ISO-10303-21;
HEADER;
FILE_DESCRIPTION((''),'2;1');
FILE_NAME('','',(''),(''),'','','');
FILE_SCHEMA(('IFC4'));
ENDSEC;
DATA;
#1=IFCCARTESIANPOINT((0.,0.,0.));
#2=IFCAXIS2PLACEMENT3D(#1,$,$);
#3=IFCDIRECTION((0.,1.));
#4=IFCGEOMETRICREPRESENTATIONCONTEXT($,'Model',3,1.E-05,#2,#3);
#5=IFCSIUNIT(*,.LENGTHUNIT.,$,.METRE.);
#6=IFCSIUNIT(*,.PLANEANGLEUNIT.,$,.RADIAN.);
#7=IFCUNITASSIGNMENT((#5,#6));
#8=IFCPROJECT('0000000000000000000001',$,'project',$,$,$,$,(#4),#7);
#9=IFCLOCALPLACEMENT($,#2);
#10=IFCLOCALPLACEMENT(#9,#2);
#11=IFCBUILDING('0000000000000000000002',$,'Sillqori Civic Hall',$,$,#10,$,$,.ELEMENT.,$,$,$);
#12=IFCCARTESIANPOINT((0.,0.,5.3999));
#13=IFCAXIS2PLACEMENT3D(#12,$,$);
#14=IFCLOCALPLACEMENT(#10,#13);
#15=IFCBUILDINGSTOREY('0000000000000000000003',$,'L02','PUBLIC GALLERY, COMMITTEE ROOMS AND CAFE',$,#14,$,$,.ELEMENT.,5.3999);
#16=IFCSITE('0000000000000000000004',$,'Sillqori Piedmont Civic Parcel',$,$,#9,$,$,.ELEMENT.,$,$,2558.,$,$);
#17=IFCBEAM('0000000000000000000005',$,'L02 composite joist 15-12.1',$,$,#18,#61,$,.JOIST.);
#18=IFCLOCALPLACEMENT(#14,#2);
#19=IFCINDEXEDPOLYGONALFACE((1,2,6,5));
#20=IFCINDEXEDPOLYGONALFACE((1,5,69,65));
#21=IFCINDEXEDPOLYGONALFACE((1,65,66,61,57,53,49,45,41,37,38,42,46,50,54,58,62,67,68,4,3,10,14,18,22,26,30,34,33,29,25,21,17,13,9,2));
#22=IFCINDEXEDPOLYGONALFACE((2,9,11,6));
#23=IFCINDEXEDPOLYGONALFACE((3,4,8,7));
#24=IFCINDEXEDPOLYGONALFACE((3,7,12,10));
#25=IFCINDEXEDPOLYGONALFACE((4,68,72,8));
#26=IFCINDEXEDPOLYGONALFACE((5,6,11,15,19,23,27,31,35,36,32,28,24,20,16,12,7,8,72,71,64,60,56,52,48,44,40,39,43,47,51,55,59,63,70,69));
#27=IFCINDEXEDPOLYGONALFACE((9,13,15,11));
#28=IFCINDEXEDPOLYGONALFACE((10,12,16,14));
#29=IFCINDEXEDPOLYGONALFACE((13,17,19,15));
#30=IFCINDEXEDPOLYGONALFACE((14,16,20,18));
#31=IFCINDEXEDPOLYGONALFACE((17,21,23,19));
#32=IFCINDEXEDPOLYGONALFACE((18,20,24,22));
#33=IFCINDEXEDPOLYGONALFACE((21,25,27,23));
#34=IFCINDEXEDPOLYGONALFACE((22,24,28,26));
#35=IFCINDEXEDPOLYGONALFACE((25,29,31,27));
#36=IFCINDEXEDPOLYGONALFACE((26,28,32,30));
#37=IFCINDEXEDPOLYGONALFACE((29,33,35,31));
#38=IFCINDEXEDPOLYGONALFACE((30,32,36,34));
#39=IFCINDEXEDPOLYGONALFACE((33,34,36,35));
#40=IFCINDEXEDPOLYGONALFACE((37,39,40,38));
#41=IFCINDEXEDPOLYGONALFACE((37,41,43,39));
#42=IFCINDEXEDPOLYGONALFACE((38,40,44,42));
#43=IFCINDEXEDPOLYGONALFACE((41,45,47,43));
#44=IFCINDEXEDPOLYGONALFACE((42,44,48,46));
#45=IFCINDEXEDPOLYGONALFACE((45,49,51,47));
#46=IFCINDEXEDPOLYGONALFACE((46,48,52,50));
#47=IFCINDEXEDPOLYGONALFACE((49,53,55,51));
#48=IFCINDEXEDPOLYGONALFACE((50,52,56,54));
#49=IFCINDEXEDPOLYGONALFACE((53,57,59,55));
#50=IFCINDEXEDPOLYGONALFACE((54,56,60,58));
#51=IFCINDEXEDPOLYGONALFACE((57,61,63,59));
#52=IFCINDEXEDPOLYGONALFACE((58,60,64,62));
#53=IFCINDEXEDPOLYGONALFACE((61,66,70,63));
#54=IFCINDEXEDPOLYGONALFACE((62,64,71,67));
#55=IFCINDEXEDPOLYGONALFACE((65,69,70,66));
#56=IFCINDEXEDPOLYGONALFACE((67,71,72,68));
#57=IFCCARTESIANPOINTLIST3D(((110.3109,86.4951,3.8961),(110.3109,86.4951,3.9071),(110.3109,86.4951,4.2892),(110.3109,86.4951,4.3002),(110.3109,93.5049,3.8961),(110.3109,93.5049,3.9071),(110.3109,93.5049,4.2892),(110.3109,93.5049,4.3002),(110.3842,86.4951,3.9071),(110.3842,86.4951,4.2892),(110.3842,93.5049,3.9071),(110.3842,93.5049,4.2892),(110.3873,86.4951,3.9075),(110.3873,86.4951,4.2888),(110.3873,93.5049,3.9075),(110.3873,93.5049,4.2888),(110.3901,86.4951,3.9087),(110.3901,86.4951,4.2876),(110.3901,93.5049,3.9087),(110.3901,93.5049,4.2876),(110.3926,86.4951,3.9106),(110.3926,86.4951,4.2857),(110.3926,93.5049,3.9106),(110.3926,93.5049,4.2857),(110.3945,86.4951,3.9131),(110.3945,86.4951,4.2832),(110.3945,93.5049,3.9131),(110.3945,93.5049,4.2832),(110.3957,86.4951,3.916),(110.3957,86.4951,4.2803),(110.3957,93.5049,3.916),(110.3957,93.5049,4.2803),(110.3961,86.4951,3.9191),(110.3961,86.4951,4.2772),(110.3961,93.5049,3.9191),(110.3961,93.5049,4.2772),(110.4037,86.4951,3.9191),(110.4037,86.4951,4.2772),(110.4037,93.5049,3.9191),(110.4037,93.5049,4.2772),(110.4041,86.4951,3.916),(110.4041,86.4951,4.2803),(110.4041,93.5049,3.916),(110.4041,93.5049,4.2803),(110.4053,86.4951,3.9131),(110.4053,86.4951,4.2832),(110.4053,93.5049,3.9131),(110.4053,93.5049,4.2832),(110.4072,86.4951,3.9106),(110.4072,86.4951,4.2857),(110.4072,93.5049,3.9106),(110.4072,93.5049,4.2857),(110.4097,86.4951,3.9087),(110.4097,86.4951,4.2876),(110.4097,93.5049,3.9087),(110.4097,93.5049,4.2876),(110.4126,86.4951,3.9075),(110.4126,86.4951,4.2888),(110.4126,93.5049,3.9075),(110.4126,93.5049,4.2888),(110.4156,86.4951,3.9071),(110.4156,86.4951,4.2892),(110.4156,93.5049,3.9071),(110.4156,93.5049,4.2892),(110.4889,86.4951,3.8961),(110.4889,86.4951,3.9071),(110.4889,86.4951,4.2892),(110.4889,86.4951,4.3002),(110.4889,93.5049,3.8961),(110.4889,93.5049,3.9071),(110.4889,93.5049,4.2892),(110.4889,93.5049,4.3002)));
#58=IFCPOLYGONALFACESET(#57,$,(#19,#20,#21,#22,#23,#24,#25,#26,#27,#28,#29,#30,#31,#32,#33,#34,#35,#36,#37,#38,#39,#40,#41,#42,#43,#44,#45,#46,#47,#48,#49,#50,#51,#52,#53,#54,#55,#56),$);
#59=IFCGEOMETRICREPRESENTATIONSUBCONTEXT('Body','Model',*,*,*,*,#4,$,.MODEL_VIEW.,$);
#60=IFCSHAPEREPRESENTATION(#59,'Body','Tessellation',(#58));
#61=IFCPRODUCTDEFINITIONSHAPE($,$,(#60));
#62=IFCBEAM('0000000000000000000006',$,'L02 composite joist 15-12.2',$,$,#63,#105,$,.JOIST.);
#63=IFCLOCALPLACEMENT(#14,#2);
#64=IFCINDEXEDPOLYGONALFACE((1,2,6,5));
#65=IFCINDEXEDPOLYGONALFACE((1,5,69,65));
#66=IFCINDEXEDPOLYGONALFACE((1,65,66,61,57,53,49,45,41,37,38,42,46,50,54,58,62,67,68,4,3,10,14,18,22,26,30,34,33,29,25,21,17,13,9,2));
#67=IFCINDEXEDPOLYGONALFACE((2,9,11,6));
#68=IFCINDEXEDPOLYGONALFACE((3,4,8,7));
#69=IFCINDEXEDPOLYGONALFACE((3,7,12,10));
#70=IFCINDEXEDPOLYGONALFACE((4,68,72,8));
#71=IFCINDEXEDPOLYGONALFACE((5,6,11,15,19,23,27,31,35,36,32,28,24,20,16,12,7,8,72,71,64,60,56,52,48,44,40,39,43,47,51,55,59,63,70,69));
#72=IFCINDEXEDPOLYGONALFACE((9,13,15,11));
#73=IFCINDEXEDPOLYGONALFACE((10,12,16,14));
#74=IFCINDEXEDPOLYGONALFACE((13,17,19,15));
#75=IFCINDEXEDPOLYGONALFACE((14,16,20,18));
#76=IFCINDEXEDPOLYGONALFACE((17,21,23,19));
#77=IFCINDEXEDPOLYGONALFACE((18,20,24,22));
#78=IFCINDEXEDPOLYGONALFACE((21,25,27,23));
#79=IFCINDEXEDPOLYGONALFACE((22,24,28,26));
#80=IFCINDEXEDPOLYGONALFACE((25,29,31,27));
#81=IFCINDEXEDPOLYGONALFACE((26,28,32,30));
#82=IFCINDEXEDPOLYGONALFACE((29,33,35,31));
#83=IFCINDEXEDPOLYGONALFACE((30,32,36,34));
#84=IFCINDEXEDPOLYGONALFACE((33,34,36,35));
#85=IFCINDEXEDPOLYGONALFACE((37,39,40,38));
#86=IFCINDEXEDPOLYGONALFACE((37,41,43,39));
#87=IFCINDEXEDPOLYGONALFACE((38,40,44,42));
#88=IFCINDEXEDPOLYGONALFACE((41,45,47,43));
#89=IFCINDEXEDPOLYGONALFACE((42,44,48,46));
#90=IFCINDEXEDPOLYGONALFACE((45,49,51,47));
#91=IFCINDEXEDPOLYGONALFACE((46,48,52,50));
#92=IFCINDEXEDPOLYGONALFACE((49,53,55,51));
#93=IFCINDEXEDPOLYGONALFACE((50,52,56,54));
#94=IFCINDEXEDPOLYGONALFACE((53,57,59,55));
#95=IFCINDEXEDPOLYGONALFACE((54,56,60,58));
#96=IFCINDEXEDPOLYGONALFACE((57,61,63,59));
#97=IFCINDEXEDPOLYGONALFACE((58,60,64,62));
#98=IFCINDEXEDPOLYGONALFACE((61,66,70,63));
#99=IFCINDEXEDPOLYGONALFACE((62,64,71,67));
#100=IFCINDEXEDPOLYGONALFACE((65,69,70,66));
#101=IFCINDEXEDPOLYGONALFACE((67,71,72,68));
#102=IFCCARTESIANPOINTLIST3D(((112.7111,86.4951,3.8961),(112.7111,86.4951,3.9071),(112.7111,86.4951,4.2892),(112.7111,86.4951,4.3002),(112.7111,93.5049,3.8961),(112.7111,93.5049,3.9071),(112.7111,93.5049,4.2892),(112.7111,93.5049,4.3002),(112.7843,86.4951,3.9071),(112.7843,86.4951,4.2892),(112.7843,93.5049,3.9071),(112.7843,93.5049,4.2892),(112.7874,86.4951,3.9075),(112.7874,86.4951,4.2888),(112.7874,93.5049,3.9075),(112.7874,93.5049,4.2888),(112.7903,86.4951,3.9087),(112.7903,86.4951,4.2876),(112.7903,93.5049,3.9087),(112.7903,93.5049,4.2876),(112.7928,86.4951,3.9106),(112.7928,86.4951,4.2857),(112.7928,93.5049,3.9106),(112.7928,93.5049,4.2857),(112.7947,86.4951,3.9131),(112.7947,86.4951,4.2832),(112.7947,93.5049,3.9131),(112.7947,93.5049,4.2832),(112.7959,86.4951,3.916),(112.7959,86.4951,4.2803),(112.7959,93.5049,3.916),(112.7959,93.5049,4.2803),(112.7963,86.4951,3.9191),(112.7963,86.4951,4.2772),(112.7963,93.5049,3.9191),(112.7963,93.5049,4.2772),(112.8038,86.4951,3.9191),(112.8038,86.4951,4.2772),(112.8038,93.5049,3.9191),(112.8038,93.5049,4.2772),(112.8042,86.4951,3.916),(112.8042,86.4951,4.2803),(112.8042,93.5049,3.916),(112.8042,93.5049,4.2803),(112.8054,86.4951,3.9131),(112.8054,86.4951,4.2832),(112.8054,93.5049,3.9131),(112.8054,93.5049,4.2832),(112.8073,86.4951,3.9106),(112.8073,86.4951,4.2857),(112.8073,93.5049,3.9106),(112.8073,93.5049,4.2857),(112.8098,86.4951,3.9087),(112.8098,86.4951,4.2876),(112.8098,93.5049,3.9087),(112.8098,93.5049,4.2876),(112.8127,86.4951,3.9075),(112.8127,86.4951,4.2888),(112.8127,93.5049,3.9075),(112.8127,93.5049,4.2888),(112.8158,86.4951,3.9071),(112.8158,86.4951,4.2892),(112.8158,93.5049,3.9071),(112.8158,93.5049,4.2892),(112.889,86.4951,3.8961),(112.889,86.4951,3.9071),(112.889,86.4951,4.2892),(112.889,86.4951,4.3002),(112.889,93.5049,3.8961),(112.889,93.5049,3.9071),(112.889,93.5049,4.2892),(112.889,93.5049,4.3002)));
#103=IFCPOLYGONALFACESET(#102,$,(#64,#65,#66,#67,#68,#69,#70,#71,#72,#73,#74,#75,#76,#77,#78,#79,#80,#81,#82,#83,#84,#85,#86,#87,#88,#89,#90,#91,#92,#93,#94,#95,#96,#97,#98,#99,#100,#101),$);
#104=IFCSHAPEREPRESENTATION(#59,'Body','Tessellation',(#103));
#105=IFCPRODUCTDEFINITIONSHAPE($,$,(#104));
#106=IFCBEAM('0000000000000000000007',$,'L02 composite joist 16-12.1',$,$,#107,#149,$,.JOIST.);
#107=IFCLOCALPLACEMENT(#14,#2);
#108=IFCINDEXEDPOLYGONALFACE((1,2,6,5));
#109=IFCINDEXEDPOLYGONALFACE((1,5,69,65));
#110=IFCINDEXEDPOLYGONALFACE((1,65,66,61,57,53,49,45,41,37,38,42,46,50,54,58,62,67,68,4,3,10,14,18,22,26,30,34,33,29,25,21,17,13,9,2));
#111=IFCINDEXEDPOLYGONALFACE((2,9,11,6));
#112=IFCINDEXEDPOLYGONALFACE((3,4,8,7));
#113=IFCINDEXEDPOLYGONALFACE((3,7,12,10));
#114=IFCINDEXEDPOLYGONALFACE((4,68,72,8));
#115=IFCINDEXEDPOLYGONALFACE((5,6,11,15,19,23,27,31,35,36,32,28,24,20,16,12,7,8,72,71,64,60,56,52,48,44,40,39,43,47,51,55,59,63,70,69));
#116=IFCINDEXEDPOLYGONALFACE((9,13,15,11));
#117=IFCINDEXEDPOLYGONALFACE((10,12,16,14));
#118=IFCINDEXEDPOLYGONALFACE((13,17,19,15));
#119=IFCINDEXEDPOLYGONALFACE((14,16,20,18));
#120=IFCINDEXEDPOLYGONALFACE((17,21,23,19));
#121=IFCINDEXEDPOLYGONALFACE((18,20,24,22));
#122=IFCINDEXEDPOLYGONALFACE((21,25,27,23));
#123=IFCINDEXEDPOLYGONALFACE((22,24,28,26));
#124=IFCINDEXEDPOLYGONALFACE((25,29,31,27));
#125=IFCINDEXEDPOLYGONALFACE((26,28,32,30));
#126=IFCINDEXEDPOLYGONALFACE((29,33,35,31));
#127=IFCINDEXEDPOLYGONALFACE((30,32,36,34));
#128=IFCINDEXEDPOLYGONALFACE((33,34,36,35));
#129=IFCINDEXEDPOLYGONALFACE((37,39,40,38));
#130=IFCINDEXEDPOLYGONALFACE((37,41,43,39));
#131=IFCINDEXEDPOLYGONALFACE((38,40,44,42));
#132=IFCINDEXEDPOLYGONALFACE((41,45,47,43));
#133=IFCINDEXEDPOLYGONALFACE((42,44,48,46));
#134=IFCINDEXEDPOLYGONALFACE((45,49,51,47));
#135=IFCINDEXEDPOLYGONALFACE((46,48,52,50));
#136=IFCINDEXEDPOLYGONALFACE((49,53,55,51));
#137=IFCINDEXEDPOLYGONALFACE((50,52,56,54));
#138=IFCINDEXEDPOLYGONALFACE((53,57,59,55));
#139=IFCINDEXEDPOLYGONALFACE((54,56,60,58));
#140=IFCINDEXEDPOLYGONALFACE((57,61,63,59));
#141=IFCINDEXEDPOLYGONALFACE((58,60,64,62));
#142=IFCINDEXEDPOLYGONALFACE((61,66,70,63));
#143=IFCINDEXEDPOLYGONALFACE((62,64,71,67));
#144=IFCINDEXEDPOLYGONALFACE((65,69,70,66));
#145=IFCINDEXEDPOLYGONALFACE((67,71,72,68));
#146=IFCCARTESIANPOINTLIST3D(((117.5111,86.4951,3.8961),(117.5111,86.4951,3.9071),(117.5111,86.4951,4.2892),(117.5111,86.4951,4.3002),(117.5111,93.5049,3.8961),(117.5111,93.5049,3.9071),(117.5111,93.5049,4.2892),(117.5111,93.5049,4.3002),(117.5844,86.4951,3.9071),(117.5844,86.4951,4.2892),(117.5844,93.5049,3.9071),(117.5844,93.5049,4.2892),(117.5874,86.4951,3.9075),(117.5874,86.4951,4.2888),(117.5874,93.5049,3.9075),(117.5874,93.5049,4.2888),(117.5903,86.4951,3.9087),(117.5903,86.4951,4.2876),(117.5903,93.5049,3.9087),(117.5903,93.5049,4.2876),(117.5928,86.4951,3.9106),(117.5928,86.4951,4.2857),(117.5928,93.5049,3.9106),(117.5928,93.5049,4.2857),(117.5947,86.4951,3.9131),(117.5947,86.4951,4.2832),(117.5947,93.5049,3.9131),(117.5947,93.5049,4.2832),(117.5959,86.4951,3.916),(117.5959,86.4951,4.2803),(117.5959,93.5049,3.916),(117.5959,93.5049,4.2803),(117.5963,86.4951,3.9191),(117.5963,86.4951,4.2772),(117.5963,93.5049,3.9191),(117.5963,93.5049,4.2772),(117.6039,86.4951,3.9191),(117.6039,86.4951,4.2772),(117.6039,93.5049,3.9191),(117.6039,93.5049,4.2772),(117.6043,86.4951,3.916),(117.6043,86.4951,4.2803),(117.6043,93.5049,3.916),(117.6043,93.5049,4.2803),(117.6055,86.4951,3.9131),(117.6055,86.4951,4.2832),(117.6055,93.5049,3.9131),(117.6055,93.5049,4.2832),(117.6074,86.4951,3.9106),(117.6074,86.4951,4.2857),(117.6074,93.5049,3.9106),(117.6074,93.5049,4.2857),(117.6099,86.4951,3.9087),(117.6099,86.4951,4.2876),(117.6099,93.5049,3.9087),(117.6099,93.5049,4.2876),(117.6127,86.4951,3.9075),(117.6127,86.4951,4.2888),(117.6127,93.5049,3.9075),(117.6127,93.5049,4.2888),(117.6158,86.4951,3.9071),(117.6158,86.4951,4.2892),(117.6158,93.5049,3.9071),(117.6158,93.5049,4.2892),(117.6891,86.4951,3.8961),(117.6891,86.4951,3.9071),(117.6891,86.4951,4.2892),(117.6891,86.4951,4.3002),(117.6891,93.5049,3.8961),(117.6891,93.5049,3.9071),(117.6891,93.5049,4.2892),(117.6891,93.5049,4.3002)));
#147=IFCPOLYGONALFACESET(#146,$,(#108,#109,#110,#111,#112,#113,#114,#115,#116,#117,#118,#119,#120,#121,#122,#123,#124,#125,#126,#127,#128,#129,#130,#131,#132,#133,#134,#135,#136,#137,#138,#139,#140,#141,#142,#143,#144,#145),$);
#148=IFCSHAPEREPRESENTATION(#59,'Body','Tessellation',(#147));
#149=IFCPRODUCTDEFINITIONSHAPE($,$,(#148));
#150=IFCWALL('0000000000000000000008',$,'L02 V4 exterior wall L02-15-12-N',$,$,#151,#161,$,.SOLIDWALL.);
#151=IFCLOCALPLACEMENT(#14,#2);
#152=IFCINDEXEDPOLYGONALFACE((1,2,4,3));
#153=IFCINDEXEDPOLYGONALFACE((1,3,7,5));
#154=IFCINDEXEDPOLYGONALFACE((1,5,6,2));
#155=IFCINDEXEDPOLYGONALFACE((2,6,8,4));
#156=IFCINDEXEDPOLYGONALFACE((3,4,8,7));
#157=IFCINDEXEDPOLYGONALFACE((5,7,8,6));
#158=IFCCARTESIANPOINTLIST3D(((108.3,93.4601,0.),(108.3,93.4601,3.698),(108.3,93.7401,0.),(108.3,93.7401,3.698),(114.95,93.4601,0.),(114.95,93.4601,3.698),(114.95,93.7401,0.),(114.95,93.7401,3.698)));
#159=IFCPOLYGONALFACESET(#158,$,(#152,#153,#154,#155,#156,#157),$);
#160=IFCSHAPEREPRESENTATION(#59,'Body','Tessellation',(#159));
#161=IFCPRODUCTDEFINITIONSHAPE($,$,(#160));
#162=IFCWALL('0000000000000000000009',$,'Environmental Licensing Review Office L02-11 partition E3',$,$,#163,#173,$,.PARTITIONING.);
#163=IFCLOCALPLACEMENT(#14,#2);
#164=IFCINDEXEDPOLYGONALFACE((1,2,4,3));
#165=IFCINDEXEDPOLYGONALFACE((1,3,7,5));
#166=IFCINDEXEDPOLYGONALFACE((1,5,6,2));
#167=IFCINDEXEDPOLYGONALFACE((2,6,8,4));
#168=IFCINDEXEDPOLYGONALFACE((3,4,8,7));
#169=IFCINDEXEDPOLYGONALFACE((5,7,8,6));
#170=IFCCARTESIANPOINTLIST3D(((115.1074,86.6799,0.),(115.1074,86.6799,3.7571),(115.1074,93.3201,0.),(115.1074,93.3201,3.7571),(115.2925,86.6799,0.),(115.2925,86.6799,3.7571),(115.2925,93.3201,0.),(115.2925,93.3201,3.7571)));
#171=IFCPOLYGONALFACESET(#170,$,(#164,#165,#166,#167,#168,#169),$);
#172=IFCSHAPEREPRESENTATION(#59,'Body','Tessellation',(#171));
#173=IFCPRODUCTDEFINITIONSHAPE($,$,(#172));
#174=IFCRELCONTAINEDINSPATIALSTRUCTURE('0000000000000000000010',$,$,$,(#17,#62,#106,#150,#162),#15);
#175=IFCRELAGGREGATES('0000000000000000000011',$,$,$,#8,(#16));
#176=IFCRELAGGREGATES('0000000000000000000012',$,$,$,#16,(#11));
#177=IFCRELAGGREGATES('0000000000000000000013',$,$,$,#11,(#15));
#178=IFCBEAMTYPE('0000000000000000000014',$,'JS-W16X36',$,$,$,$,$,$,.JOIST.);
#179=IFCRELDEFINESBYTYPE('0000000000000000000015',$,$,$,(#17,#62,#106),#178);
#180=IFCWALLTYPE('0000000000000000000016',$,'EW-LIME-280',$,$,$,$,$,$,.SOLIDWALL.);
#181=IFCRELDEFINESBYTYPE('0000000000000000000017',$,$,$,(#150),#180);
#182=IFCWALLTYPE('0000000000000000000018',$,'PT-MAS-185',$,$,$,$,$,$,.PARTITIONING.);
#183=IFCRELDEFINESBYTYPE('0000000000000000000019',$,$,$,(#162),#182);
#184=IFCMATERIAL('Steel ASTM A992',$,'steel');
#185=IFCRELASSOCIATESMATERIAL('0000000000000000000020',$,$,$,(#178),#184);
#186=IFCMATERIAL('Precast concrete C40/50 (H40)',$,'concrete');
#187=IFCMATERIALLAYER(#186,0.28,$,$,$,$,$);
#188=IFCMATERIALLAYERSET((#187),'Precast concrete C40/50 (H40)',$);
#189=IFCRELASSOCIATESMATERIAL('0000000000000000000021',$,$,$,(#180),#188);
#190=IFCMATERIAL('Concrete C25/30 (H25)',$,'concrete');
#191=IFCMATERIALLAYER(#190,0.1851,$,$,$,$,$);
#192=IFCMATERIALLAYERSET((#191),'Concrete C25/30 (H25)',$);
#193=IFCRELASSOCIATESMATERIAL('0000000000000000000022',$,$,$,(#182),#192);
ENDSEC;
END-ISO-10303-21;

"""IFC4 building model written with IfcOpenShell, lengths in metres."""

from ifc_helpers import new_model, si_unit, direction, frame, frame_2d, origin, origin_2d, place, context, subcontext, project, spatial, rectangle, i_section, extrude, material, layer, layer_set, material_profile, profile_set, type_object, element, save


model = new_model("IFC4")

# Units and contexts
model_context = context("Model", 3, precision=1e-05, world=origin(), true_north=direction((0.0, 1.0)))
body_context = subcontext(model_context, "Body", "Model", "MODEL_VIEW")
ifc_project = project(units=[si_unit("LENGTHUNIT", "METRE"), si_unit("PLANEANGLEUNIT", "RADIAN")], contexts=[model_context])

# Site, building, storey
site_placement = place(None, origin())
site = spatial("IfcSite", under=ifc_project, at=site_placement, Name="Sillqori Piedmont Civic Parcel", CompositionType="ELEMENT", RefElevation=2558.0)
building_placement = place(site_placement, origin())
building = spatial("IfcBuilding", under=site, at=building_placement, Name="Sillqori Civic Hall", CompositionType="ELEMENT")
storey_placement = place(building_placement, frame((0.0, 0.0, 5.3999)))
storey = spatial("IfcBuildingStorey", under=building, at=storey_placement, Name="L02", Description="PUBLIC GALLERY, COMMITTEE ROOMS AND CAFE", CompositionType="ELEMENT", Elevation=5.3999)

# Beams
ifc_material_1 = material(Name="Steel ASTM A992", Category="steel")
ifc_material_profile_1 = material_profile(ifc_material_1, i_section(OverallWidth=0.178, OverallDepth=0.4041, WebThickness=0.0076, FlangeThickness=0.011, FilletRadius=0.012, at=origin_2d()), Name="W16X36")
ifc_profile_set_1 = profile_set([ifc_material_profile_1], Name="Steel ASTM A992")
beam_type_1 = type_object("IfcBeamType", Name="JS-W16X36", PredefinedType="JOIST", material=ifc_profile_set_1)
for number, where, z_axis, x_axis, name in (
    (1, (110.3999, 86.4951, 4.0981), (0.0, 1.0, 0.0), (-1.0, 0.0, 0.0), "L02 composite joist 15-12.1"),
    (2, (112.8, 86.4951, 4.0981), (0.0, 1.0, 0.0), (-1.0, 0.0, 0.0), "L02 composite joist 15-12.2"),
    (3, (117.6001, 86.4951, 4.0981), (0.0, 1.0, 0.0), (-1.0, 0.0, 0.0), "L02 composite joist 16-12.1"),
):
    element("IfcBeam", number, at=place(storey_placement, frame(where, z_axis=z_axis, x_axis=x_axis)), inside=storey, type_object=beam_type_1, Name=name, PredefinedType="JOIST", context=body_context, shape_type="SweptSolid", body=[
        extrude(i_section(OverallWidth=0.178, OverallDepth=0.4041, WebThickness=0.0076, FlangeThickness=0.011, FilletRadius=0.012, at=origin_2d()), origin(), (0.0, 0.0, 1.0), 7.0098),
    ])

# Walls
ifc_material_2 = material(Name="Precast concrete C40/50 (H40)", Category="concrete")
ifc_layer_1 = layer(ifc_material_2, 0.28)
ifc_layer_set_1 = layer_set([ifc_layer_1], Name="Precast concrete C40/50 (H40)")
wall_type_1 = type_object("IfcWallType", Name="EW-LIME-280", PredefinedType="SOLIDWALL", material=ifc_layer_set_1)
wall_1_placement = place(storey_placement, frame((108.3, 93.6001, 0.0), z_axis=(0.0, 0.0, 1.0), x_axis=(1.0, 0.0, 0.0)))
element("IfcWall", 4, at=wall_1_placement, inside=storey, type_object=wall_type_1, Name="L02 V4 exterior wall L02-15-12-N", PredefinedType="SOLIDWALL", context=body_context, shape_type="SweptSolid", body=[
    extrude(rectangle(XDim=6.6499, YDim=0.28, at=frame_2d((3.325, 0.0))), origin(), (0.0, 0.0, 1.0), 3.698),
])
ifc_material_3 = material(Name="Concrete C25/30 (H25)", Category="concrete")
ifc_layer_2 = layer(ifc_material_3, 0.1851)
ifc_layer_set_2 = layer_set([ifc_layer_2], Name="Concrete C25/30 (H25)")
wall_type_2 = type_object("IfcWallType", Name="PT-MAS-185", PredefinedType="PARTITIONING", material=ifc_layer_set_2)
wall_2_placement = place(storey_placement, frame((115.2, 93.3201, 0.0), z_axis=(0.0, 0.0, 1.0), x_axis=(0.0, -1.0, 0.0)))
element("IfcWall", 5, at=wall_2_placement, inside=storey, type_object=wall_type_2, Name="Environmental Licensing Review Office L02-11 partition E3", PredefinedType="PARTITIONING", context=body_context, shape_type="SweptSolid", body=[
    extrude(rectangle(XDim=6.6401, YDim=0.1851, at=frame_2d((3.3201, 0.0))), origin(), (0.0, 0.0, 1.0), 3.7571),
])

save(model, "model.ifc")
